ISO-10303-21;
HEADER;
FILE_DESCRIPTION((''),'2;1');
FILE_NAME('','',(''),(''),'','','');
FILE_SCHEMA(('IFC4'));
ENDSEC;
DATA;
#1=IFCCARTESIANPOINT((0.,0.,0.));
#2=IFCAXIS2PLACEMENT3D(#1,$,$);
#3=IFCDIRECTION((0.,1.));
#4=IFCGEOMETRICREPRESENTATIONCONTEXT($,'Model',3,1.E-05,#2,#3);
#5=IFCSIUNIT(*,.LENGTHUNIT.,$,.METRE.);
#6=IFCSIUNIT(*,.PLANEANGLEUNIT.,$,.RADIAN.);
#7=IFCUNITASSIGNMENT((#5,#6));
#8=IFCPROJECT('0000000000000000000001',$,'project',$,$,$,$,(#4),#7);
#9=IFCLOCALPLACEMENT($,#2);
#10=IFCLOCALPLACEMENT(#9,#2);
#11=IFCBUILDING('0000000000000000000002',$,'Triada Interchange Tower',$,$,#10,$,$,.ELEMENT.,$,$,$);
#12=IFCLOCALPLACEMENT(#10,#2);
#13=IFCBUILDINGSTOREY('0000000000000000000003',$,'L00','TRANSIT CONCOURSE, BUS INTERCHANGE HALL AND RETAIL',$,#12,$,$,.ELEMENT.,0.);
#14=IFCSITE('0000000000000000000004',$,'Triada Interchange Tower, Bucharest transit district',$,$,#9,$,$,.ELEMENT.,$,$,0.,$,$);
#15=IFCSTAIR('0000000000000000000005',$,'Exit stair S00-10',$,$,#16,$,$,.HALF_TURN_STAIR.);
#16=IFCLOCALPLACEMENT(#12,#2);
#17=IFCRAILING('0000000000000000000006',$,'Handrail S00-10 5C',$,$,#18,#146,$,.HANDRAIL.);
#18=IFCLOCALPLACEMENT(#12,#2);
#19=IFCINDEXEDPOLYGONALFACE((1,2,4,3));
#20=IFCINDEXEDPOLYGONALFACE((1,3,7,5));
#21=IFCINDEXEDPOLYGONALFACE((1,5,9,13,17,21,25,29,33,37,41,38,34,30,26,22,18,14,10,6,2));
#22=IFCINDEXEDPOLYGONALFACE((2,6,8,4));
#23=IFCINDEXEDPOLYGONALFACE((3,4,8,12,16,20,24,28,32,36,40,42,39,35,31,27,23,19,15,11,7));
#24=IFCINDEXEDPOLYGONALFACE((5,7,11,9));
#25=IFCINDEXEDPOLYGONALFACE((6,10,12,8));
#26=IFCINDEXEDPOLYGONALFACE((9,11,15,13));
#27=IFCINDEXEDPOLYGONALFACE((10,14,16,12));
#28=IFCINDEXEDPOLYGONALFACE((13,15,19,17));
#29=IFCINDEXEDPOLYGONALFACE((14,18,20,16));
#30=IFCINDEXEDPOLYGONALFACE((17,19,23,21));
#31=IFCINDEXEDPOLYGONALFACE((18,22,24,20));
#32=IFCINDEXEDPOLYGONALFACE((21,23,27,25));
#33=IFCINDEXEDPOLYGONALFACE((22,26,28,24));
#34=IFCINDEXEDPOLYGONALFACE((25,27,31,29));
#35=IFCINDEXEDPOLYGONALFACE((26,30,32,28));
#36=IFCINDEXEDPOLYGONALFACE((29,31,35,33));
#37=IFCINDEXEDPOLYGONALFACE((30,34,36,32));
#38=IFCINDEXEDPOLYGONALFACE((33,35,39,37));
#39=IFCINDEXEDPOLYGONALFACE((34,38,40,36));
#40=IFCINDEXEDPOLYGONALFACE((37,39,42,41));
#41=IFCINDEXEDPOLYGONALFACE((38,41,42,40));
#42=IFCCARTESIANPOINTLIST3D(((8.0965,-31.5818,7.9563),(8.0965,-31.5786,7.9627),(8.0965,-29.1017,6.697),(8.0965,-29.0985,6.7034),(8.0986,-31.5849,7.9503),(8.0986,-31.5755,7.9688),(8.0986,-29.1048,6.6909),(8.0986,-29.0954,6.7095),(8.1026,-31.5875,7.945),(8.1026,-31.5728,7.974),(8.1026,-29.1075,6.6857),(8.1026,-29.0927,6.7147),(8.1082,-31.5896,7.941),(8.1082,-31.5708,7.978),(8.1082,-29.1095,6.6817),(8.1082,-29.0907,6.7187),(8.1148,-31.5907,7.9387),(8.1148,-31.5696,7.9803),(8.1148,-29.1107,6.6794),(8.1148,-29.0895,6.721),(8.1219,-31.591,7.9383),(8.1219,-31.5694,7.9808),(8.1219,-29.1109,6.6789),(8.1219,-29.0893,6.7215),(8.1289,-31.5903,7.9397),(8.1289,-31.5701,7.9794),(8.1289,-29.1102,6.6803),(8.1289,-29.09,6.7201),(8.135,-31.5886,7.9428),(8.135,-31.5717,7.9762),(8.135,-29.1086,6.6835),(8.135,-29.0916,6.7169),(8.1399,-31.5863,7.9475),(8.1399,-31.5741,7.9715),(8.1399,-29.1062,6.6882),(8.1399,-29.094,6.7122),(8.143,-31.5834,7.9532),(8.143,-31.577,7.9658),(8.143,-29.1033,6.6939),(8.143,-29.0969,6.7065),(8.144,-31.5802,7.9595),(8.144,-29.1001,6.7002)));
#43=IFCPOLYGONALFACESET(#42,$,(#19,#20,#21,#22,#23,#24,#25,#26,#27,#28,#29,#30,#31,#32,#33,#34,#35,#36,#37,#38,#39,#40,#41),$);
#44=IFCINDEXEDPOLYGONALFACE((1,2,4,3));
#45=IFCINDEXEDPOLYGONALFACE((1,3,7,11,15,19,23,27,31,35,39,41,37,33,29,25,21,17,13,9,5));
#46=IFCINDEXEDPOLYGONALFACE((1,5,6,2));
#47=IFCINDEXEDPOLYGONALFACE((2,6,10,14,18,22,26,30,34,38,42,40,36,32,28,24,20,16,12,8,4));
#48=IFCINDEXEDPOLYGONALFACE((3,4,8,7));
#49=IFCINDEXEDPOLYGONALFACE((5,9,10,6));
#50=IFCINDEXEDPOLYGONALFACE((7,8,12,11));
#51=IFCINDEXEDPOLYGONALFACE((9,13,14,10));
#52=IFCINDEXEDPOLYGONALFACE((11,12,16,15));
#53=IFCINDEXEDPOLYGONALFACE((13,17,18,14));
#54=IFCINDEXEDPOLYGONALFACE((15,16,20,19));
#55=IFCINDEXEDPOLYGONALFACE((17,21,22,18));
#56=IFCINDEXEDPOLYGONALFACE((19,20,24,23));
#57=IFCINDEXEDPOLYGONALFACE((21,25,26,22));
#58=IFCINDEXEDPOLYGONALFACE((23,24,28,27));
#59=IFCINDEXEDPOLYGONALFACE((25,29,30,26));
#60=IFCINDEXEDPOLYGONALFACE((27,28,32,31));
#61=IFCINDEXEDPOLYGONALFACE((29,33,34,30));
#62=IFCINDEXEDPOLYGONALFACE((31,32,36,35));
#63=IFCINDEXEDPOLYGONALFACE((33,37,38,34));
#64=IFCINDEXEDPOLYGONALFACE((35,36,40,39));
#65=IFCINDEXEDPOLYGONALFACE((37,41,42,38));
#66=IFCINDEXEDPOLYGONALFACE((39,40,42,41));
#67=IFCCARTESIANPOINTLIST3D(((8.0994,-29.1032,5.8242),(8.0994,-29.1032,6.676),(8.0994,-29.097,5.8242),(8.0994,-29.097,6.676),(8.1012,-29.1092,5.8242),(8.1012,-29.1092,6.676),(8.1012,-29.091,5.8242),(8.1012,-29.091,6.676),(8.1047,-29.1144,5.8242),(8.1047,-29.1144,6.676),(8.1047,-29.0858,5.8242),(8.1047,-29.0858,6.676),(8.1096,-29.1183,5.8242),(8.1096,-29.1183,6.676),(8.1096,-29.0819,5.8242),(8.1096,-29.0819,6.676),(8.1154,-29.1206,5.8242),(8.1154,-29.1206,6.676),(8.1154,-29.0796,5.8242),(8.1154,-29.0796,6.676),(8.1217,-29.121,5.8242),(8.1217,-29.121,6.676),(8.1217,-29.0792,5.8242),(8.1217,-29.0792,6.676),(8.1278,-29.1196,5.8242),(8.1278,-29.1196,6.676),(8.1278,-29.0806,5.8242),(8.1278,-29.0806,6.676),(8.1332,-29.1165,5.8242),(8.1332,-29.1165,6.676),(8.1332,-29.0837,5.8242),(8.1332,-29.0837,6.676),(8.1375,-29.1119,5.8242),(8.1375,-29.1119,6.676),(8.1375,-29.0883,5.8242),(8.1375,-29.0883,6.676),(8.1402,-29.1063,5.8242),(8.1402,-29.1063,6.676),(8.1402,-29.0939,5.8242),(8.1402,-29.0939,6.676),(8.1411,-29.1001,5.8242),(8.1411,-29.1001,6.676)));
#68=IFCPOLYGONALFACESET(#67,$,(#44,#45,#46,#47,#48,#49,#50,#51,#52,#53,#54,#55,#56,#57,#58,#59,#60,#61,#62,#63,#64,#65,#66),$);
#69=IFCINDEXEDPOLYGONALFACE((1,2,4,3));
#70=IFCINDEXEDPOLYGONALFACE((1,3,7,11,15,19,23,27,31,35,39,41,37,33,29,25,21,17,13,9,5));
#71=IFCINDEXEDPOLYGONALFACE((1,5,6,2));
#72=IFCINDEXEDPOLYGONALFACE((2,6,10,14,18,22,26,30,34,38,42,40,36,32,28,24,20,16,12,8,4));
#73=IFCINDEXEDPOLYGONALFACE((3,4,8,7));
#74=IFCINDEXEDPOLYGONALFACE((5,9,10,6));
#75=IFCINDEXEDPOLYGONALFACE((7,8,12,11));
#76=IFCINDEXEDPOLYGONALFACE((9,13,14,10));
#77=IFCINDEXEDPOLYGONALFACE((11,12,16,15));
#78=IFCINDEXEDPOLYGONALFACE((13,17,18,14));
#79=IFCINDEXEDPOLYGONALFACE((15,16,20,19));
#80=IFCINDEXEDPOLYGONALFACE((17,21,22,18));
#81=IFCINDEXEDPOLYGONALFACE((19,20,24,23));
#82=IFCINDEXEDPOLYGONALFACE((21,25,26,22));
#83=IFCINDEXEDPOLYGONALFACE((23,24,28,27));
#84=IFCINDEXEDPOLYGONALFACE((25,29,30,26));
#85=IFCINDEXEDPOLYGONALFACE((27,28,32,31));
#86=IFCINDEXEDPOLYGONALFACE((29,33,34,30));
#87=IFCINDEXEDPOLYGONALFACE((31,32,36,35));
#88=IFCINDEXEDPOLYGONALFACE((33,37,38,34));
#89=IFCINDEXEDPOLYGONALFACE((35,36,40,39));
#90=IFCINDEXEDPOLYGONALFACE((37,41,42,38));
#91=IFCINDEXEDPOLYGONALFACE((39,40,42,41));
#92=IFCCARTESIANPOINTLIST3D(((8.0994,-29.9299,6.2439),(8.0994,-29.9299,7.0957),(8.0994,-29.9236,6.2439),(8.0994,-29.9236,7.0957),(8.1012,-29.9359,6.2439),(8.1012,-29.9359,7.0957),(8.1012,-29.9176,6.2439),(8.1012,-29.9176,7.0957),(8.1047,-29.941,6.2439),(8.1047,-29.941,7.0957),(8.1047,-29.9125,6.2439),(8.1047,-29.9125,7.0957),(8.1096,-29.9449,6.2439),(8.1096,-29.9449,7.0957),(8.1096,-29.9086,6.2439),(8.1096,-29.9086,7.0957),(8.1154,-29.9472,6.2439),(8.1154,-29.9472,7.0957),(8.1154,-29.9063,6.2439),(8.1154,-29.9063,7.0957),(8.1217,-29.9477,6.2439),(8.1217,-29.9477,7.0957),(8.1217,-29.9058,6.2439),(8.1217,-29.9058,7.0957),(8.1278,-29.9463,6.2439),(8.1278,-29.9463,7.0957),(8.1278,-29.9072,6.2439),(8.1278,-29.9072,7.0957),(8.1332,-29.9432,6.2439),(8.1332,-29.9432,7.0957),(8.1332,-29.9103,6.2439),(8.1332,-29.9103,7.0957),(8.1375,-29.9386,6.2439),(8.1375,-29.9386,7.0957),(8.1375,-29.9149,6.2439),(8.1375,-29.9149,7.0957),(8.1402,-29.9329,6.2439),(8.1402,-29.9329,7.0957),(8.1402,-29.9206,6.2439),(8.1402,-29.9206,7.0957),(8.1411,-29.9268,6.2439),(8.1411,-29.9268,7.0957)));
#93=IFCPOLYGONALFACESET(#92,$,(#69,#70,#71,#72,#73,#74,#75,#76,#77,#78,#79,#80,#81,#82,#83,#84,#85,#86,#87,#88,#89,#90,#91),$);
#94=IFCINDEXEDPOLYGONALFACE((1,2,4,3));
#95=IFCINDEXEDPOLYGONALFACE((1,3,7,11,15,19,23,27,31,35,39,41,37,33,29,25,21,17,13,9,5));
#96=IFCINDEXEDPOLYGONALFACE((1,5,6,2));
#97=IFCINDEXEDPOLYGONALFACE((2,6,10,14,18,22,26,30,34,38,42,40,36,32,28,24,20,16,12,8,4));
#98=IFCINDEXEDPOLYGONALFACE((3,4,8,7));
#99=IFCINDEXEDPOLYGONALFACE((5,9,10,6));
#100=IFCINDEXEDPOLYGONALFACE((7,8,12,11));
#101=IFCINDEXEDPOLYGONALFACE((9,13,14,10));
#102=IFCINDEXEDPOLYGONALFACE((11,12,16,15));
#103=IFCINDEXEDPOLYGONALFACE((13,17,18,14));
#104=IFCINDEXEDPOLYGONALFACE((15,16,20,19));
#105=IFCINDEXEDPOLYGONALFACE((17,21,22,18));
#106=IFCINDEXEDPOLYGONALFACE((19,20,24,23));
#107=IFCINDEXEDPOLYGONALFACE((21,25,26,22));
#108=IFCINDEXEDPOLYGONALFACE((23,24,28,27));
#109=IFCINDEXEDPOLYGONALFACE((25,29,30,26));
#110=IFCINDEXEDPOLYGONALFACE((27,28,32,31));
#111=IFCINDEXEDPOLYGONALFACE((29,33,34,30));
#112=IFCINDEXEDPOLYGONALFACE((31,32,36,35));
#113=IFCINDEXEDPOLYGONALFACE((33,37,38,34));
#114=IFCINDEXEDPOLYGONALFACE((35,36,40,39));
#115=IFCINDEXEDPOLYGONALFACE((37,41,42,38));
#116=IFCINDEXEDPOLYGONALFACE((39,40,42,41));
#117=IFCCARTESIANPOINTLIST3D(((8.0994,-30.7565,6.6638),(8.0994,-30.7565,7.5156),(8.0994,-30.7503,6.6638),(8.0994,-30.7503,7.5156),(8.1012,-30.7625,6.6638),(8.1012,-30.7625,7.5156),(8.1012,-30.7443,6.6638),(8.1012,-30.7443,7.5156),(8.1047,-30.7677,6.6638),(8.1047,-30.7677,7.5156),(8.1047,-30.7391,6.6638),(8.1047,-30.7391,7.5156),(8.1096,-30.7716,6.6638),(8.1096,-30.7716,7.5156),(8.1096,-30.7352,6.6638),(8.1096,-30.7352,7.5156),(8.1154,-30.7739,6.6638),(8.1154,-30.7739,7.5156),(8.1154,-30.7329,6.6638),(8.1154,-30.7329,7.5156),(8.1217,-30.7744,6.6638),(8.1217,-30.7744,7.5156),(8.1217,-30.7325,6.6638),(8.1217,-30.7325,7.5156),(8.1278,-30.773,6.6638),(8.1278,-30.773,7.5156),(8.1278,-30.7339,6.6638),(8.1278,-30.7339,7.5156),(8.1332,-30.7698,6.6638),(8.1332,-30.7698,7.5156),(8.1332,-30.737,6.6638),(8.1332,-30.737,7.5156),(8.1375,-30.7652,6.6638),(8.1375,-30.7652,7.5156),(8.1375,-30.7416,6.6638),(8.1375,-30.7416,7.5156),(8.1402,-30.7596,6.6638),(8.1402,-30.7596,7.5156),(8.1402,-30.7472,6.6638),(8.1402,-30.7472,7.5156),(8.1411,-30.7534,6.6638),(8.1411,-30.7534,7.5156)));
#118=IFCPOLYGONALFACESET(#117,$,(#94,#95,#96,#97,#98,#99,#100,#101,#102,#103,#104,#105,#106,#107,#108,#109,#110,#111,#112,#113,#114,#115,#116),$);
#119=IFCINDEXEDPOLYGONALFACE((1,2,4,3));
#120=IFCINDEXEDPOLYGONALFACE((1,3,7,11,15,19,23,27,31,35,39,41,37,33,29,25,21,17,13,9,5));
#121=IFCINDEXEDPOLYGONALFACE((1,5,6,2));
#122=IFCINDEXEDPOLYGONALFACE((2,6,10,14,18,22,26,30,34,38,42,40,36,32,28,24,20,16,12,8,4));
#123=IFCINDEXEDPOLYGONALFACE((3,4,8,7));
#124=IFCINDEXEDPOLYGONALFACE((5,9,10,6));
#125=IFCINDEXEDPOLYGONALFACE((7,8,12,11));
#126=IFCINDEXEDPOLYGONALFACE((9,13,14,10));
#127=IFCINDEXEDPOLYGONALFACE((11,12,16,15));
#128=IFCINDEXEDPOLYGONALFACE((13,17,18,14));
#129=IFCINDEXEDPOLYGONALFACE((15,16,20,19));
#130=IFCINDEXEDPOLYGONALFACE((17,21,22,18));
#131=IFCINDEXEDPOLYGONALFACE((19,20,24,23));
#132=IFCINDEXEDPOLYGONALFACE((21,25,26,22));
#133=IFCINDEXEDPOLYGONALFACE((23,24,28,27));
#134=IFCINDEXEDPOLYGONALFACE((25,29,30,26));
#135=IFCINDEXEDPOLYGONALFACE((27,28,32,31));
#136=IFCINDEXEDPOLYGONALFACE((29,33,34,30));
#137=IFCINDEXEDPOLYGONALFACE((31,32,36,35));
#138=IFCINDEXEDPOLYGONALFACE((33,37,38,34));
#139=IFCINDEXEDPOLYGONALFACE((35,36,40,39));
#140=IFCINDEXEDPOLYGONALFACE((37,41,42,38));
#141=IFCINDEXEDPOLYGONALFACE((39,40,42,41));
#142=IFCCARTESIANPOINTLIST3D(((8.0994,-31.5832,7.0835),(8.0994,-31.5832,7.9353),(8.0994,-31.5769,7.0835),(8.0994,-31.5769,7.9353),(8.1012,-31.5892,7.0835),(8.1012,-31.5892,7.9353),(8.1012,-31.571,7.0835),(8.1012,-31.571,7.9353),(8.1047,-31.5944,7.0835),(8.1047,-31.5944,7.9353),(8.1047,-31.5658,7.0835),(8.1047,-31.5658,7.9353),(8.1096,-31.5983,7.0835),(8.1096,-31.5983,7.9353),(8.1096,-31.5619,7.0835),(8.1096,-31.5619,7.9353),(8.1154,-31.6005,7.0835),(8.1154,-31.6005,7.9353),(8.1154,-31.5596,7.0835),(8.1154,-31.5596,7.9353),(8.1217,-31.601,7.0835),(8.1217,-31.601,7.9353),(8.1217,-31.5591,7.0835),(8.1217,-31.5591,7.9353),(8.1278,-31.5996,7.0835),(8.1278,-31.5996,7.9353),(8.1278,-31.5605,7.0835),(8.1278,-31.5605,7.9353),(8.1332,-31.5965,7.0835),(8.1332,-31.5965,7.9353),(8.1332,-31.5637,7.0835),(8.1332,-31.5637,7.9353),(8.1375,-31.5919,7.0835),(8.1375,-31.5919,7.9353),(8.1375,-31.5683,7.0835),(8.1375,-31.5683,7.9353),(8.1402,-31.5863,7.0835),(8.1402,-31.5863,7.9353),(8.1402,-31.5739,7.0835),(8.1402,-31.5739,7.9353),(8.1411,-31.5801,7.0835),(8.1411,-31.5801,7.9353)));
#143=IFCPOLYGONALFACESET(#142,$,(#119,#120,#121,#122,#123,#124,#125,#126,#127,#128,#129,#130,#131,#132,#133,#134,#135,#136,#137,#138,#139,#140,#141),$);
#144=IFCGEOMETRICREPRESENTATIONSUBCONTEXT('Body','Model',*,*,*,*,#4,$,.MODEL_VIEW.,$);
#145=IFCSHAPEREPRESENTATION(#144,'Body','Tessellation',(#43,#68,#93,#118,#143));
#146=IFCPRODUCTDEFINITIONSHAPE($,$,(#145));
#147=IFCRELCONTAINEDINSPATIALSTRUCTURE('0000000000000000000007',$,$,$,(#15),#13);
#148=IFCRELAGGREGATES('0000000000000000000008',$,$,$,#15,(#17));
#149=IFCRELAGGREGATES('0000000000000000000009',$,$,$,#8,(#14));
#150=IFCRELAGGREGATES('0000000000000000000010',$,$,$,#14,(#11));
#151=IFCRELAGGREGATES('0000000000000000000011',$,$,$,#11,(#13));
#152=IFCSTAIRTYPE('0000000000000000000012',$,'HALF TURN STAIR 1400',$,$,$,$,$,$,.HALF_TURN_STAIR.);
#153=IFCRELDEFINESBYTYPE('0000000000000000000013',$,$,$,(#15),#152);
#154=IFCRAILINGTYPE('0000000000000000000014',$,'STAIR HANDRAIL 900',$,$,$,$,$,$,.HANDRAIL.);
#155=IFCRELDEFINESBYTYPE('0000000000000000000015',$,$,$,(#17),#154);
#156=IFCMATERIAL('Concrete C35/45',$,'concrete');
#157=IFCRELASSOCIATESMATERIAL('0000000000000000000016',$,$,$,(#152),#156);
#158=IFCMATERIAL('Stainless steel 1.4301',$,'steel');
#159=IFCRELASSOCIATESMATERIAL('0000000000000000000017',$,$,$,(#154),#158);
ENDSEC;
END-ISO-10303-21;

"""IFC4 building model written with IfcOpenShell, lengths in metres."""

from ifc_helpers import new_model, si_unit, direction, frame, origin, origin_2d, place, context, subcontext, project, spatial, circle, extrude, material, type_object, element, aggregate, save


model = new_model("IFC4")

# Units and contexts
model_context = context("Model", 3, precision=1e-05, world=origin(), true_north=direction((0.0, 1.0)))
body_context = subcontext(model_context, "Body", "Model", "MODEL_VIEW")
ifc_project = project(units=[si_unit("LENGTHUNIT", "METRE"), si_unit("PLANEANGLEUNIT", "RADIAN")], contexts=[model_context])

# Site, building, storey
site_placement = place(None, origin())
site = spatial("IfcSite", under=ifc_project, at=site_placement, Name="Triada Interchange Tower, Bucharest transit district", CompositionType="ELEMENT", RefElevation=0.0)
building_placement = place(site_placement, origin())
building = spatial("IfcBuilding", under=site, at=building_placement, Name="Triada Interchange Tower", CompositionType="ELEMENT")
storey_placement = place(building_placement, origin())
storey = spatial("IfcBuildingStorey", under=building, at=storey_placement, Name="L00", Description="TRANSIT CONCOURSE, BUS INTERCHANGE HALL AND RETAIL", CompositionType="ELEMENT", Elevation=0.0)

# Stair, railing
ifc_material_1 = material(Name="Concrete C35/45", Category="concrete")
stair_type = type_object("IfcStairType", Name="HALF TURN STAIR 1400", PredefinedType="HALF_TURN_STAIR", material=ifc_material_1)
stair_placement = place(storey_placement, origin())
stair = element("IfcStair", 1, at=stair_placement, inside=storey, type_object=stair_type, Name="Exit stair S00-10", PredefinedType="HALF_TURN_STAIR")
ifc_material_2 = material(Name="Stainless steel 1.4301", Category="steel")
railing_type = type_object("IfcRailingType", Name="STAIR HANDRAIL 900", PredefinedType="HANDRAIL", material=ifc_material_2)
railing_1_placement = place(storey_placement, frame((8.1201, -29.1001, 5.8242)))
railing_1 = element("IfcRailing", 2, at=railing_1_placement, type_object=railing_type, Name="Handrail S00-10 5C", PredefinedType="HANDRAIL", context=body_context, shape_type="SweptSolid", body=[
    extrude(circle(Radius=0.0239, at=origin_2d()), frame((0.0, 0.0, 0.876), z_axis=(0.0, -0.891636, 0.452752), x_axis=(1.0, 0.0, 0.0)), (0.0, 0.0, 1.0), 2.7815),
    extrude(circle(Radius=0.021, at=origin_2d()), origin(), (0.0, 0.0, 1.0), 0.8518),
    extrude(circle(Radius=0.021, at=origin_2d()), frame((0.0, -0.8267, 0.4197)), (0.0, 0.0, 1.0), 0.8518),
    extrude(circle(Radius=0.021, at=origin_2d()), frame((0.0, -1.6533, 0.8396)), (0.0, 0.0, 1.0), 0.8518),
    extrude(circle(Radius=0.021, at=origin_2d()), frame((0.0, -2.48, 1.2593)), (0.0, 0.0, 1.0), 0.8518),
])
aggregate(stair, [railing_1])

save(model, "model.ifc")
